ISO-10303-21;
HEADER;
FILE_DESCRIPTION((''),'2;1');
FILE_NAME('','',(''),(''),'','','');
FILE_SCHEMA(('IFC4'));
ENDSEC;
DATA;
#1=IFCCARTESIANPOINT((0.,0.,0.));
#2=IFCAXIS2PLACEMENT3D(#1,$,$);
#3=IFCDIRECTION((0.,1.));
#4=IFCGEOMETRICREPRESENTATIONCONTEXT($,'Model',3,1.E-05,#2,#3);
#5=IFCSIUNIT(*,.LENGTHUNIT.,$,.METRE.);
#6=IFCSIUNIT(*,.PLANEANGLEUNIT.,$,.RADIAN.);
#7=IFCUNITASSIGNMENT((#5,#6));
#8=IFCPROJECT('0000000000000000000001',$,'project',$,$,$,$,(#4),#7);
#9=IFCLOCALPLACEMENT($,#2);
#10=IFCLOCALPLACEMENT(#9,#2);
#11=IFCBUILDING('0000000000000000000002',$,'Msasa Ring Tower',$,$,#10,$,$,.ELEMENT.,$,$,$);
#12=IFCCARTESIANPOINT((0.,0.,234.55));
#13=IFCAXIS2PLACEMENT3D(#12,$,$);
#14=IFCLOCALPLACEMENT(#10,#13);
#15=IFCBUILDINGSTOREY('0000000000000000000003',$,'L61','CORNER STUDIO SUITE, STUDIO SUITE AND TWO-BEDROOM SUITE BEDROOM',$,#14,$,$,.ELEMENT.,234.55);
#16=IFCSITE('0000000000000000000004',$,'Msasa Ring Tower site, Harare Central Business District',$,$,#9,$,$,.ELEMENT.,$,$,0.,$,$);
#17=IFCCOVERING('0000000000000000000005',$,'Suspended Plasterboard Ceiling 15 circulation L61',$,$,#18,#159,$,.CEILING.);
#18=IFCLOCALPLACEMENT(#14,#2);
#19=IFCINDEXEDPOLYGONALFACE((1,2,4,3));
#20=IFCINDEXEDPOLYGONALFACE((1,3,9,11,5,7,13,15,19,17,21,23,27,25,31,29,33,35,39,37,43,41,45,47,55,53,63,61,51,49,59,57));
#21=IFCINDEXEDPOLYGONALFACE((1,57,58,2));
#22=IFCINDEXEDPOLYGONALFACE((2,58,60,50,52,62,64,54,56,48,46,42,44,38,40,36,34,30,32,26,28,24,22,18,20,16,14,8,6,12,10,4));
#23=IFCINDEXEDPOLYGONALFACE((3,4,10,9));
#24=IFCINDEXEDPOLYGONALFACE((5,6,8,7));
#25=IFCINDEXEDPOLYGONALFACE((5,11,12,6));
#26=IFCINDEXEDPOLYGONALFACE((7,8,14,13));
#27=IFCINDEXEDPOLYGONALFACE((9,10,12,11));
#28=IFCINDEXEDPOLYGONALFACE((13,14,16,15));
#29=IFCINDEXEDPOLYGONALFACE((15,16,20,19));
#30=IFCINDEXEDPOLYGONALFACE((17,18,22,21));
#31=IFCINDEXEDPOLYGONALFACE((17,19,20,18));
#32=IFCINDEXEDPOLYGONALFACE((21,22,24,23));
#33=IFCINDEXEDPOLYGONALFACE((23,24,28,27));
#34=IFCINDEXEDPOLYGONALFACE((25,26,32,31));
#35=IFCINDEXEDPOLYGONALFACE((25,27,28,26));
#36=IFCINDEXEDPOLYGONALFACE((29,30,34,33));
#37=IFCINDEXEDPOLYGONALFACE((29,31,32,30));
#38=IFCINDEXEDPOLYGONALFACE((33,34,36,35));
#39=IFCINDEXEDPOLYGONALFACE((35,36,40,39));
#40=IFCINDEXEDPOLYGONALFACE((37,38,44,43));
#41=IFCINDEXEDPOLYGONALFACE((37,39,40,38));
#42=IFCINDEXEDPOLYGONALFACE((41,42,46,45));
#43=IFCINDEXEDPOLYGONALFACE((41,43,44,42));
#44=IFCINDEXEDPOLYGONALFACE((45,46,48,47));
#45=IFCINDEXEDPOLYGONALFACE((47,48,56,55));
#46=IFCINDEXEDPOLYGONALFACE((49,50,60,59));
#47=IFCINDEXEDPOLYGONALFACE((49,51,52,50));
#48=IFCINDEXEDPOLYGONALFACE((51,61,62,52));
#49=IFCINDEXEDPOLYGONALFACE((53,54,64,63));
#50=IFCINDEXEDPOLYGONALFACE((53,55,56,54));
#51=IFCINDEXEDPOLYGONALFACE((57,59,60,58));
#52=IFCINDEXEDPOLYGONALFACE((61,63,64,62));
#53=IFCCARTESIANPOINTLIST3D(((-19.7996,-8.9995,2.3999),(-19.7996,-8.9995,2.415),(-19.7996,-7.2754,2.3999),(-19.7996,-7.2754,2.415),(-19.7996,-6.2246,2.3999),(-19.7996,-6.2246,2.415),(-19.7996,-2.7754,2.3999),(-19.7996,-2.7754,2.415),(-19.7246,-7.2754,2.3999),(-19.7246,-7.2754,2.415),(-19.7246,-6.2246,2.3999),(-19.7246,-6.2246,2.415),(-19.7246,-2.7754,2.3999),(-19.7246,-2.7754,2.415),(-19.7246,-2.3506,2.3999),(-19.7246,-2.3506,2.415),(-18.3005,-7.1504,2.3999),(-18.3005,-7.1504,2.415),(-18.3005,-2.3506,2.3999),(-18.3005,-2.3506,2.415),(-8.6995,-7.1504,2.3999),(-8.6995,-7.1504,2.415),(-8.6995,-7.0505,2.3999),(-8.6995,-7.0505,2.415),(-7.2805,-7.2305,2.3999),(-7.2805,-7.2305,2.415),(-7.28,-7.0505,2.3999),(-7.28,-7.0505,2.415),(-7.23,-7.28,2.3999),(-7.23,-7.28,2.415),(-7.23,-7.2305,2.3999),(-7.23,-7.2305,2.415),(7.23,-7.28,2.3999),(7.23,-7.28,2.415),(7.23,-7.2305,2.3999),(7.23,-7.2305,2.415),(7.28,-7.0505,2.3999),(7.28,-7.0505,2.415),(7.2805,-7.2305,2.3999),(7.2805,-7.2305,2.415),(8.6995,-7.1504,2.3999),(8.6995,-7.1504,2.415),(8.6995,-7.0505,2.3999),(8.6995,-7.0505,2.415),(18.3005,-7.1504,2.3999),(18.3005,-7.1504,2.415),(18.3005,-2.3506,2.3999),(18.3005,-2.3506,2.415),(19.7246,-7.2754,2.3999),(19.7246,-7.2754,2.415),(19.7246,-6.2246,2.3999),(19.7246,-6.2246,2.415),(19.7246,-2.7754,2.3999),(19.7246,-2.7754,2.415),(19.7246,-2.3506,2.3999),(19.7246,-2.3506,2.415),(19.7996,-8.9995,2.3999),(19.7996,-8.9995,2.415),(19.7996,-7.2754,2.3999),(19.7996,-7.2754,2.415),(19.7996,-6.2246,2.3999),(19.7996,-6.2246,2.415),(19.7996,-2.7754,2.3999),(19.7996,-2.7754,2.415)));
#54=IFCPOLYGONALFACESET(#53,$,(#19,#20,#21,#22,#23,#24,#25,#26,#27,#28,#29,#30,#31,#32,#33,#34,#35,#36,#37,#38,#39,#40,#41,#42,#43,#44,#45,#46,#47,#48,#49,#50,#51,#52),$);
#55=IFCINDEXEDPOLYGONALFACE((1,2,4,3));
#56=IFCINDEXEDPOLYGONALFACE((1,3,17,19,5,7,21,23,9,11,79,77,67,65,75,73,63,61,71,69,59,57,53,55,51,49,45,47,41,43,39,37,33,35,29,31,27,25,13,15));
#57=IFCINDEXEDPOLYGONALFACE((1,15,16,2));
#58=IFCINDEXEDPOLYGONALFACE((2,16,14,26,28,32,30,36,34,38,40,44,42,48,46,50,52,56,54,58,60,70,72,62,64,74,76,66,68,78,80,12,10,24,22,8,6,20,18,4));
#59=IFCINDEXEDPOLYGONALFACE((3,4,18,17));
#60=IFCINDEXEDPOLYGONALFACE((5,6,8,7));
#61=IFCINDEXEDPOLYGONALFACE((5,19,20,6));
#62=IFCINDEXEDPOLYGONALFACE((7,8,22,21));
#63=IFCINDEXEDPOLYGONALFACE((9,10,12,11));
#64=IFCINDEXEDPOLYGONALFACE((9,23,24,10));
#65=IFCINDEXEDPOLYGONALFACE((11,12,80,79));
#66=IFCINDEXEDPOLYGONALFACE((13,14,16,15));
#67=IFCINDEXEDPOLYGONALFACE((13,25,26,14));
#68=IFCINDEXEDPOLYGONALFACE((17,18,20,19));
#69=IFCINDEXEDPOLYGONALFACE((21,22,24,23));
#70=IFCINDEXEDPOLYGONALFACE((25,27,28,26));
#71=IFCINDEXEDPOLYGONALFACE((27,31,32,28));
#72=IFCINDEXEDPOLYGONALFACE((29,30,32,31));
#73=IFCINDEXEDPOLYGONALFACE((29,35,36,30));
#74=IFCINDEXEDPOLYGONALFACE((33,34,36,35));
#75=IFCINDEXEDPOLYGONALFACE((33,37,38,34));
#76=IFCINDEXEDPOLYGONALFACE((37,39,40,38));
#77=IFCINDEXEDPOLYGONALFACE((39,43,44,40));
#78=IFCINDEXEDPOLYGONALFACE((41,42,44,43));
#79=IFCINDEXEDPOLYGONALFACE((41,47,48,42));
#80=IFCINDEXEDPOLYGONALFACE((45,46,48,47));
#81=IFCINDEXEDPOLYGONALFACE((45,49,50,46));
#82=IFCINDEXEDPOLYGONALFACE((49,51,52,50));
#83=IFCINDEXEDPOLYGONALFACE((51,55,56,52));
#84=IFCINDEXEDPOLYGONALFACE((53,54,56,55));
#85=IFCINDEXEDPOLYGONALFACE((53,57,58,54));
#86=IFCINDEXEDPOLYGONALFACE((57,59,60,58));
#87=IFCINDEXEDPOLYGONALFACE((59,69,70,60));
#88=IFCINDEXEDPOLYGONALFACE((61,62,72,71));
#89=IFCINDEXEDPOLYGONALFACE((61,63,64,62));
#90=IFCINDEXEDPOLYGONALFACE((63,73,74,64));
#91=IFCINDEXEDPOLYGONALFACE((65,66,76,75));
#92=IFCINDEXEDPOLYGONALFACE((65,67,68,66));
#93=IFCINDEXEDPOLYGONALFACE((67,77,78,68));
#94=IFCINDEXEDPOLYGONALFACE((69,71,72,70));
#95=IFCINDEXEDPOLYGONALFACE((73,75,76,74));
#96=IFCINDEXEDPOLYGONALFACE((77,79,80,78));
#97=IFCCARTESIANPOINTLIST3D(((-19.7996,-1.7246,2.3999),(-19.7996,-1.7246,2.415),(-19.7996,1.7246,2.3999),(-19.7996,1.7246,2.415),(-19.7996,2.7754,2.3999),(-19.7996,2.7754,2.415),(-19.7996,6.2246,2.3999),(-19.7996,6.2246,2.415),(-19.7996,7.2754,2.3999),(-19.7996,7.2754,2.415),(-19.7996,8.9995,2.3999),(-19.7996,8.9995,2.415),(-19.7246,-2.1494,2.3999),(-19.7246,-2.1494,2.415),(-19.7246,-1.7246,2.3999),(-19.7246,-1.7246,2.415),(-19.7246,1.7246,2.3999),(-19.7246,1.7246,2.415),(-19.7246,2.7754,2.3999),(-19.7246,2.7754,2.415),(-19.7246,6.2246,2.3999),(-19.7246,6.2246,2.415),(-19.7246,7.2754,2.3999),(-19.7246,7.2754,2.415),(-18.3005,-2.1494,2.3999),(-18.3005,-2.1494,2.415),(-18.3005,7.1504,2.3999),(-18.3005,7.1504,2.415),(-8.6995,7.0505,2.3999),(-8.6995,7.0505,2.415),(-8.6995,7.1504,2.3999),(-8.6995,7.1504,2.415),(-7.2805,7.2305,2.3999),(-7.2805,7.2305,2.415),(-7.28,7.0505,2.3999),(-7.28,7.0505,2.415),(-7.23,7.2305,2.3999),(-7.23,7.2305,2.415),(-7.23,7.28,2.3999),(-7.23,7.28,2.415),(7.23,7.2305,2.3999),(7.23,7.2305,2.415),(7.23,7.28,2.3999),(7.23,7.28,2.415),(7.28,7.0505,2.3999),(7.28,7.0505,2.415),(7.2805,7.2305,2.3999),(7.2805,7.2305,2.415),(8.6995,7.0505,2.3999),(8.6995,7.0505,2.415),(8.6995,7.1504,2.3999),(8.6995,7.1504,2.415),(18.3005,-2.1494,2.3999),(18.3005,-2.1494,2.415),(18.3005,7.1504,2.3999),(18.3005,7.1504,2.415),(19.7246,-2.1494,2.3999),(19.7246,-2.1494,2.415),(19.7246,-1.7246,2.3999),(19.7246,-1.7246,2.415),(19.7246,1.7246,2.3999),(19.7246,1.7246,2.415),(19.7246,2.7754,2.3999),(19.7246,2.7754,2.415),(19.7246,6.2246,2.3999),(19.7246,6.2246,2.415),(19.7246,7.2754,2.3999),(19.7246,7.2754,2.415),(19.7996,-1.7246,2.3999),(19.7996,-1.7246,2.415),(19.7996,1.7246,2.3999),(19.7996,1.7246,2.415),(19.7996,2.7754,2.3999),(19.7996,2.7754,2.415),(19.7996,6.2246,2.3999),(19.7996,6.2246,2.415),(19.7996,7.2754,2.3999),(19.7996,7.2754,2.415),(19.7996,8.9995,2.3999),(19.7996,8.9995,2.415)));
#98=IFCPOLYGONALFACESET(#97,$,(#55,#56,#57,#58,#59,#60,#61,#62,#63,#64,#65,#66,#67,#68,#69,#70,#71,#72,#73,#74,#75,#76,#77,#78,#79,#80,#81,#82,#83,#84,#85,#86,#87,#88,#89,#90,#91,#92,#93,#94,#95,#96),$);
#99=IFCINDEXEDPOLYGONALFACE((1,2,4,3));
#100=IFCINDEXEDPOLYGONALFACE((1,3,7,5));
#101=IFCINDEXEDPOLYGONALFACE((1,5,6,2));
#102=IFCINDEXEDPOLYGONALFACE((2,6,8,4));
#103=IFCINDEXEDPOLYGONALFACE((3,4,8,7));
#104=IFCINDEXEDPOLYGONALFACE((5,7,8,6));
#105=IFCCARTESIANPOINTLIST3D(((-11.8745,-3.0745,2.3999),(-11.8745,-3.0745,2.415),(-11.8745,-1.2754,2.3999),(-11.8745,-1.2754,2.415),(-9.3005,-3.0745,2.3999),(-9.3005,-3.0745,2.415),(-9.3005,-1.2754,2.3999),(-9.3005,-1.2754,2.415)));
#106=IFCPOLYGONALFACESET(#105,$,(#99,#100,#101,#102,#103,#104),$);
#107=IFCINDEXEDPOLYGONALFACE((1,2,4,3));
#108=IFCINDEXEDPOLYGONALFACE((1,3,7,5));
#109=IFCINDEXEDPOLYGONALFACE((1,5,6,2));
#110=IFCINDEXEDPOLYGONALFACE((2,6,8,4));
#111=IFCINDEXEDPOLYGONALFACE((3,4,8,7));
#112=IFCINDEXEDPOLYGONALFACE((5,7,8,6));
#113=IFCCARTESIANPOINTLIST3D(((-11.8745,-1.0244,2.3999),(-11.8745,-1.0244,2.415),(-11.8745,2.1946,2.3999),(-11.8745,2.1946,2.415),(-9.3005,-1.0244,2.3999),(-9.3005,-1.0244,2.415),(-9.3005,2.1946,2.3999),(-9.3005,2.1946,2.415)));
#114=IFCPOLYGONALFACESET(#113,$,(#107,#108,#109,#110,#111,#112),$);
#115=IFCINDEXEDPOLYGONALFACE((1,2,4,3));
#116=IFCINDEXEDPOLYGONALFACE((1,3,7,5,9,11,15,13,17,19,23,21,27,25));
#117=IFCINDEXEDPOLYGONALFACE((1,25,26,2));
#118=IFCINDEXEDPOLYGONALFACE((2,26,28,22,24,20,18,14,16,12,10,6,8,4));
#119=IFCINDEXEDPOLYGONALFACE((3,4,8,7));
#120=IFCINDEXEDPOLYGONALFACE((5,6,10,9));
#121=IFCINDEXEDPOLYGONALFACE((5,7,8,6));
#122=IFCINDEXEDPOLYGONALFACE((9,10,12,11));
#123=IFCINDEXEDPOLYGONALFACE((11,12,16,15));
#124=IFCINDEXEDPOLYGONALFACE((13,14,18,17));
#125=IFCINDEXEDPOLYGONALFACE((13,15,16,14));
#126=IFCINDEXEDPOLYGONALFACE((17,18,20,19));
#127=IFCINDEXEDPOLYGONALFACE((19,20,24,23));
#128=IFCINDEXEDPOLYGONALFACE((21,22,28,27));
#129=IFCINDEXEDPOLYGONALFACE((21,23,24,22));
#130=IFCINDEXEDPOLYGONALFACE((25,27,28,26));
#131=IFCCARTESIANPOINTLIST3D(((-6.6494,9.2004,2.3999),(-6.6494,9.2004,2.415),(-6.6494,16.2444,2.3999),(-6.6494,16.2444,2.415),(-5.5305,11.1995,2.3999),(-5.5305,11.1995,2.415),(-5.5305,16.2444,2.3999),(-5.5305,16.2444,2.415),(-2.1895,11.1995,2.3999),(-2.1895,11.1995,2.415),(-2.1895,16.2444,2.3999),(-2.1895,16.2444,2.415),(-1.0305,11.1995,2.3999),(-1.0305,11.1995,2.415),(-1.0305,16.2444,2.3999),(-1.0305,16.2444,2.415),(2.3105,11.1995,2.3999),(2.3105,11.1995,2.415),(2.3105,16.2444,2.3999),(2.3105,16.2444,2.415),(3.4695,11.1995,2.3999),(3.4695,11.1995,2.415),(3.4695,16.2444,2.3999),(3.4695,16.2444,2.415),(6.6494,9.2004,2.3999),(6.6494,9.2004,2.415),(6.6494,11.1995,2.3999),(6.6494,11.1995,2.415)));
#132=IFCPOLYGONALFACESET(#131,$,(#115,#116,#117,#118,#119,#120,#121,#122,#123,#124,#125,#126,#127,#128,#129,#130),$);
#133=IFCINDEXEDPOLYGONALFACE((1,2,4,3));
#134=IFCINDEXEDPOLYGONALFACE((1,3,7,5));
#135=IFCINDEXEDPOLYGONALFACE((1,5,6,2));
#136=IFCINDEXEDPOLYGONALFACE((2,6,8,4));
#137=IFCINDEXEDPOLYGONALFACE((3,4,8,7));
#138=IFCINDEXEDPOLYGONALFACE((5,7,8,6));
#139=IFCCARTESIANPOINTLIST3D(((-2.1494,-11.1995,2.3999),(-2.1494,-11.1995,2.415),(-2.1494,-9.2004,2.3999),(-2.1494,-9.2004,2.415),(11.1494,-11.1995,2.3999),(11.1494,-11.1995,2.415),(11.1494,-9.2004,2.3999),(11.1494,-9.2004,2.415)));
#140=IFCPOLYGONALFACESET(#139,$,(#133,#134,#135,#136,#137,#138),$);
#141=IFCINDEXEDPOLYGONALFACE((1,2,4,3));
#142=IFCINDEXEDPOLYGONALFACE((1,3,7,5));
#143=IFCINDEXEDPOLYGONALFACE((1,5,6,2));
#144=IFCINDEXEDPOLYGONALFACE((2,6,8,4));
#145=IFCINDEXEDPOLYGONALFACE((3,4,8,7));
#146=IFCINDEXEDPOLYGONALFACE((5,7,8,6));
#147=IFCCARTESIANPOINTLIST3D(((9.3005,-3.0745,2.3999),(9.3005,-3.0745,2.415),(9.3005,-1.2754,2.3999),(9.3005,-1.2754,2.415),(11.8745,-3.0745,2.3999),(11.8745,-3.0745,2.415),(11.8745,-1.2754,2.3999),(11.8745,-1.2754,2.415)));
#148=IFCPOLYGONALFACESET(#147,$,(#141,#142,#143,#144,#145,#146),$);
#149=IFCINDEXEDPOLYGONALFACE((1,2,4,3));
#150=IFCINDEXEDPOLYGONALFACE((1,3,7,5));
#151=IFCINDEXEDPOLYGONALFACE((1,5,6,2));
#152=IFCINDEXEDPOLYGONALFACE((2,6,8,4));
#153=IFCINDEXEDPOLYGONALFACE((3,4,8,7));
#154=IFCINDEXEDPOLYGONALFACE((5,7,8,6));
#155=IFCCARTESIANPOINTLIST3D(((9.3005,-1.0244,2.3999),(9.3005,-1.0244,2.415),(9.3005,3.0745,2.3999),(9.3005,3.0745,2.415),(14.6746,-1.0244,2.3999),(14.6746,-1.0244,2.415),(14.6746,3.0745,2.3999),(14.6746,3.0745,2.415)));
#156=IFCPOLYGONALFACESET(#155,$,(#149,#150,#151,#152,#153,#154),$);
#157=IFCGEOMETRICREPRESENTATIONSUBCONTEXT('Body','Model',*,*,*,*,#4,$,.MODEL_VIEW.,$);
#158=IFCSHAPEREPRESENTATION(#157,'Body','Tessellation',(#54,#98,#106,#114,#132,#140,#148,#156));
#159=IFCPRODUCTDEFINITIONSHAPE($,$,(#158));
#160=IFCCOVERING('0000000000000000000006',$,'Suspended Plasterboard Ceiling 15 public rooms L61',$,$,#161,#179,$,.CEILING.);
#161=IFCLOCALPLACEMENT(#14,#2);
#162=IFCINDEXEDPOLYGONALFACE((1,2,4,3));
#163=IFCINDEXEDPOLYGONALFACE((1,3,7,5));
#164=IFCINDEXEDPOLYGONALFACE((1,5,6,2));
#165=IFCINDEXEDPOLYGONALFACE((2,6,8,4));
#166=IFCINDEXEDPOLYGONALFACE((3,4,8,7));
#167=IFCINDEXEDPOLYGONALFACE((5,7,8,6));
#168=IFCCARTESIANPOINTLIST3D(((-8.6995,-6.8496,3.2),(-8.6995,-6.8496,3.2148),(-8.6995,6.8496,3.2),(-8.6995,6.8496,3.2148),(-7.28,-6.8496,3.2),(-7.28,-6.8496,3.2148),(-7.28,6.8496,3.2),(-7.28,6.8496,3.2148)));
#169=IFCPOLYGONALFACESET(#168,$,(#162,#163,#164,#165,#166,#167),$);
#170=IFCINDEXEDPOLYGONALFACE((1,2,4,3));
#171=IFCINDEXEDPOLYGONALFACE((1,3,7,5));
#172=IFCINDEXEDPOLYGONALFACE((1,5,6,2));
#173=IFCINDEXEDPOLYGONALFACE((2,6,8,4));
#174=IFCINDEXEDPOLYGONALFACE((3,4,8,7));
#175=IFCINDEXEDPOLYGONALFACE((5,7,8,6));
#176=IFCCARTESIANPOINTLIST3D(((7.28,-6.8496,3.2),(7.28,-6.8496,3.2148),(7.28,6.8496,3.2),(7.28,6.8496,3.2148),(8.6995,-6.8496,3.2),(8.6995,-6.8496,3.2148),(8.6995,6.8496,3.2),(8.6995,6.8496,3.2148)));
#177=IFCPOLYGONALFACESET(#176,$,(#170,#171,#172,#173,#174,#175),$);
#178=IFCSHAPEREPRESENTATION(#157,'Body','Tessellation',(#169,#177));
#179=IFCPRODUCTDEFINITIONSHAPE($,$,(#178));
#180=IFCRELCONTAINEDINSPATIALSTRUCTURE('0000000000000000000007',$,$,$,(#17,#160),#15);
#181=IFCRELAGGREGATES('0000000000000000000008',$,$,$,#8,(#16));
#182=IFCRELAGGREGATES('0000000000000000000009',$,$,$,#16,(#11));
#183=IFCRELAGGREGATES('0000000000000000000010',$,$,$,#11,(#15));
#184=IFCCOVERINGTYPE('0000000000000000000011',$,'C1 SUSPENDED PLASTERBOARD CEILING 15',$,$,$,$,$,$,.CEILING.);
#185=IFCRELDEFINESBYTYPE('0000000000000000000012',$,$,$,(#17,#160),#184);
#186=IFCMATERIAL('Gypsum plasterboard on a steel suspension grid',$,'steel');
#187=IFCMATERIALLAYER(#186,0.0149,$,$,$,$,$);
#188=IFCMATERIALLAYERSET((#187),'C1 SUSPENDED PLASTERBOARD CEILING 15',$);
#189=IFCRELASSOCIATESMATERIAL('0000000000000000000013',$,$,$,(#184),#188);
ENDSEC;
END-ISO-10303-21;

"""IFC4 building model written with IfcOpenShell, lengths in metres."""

from ifc_helpers import new_model, si_unit, direction, frame, origin, place, context, subcontext, project, spatial, line, indexed_curve, outline, extrude, material, layer, layer_set, type_object, element, save


model = new_model("IFC4")

# Units and contexts
model_context = context("Model", 3, precision=1e-05, world=origin(), true_north=direction((0.0, 1.0)))
body_context = subcontext(model_context, "Body", "Model", "MODEL_VIEW")
ifc_project = project(units=[si_unit("LENGTHUNIT", "METRE"), si_unit("PLANEANGLEUNIT", "RADIAN")], contexts=[model_context])

# Site, building, storey
site_placement = place(None, origin())
site = spatial("IfcSite", under=ifc_project, at=site_placement, Name="Msasa Ring Tower site, Harare Central Business District", CompositionType="ELEMENT", RefElevation=0.0)
building_placement = place(site_placement, origin())
building = spatial("IfcBuilding", under=site, at=building_placement, Name="Msasa Ring Tower", CompositionType="ELEMENT")
storey_placement = place(building_placement, frame((0.0, 0.0, 234.55)))
storey = spatial("IfcBuildingStorey", under=building, at=storey_placement, Name="L61", Description="CORNER STUDIO SUITE, STUDIO SUITE AND TWO-BEDROOM SUITE BEDROOM", CompositionType="ELEMENT", Elevation=234.55)

# Coverings
ifc_material_1 = material(Name="Gypsum plasterboard on a steel suspension grid", Category="steel")
ifc_layer_1 = layer(ifc_material_1, 0.0149)
ifc_layer_set_1 = layer_set([ifc_layer_1], Name="C1 SUSPENDED PLASTERBOARD CEILING 15")
covering_type_1 = type_object("IfcCoveringType", Name="C1 SUSPENDED PLASTERBOARD CEILING 15", PredefinedType="CEILING", material=ifc_layer_set_1)
covering_1_placement = place(storey_placement, frame((0.0, 0.0, 2.3999)))
element("IfcCovering", 1, at=covering_1_placement, inside=storey, type_object=covering_type_1, Name="Suspended Plasterboard Ceiling 15 circulation L61", PredefinedType="CEILING", context=body_context, shape_type="SweptSolid", body=[
    extrude(outline(indexed_curve([(8.6995, -7.1504), (18.3005, -7.1504), (18.3005, -2.3506), (19.7246, -2.3506), (19.7246, -2.7754), (19.7996, -2.7754), (19.7996, -6.2246), (19.7246, -6.2246), (19.7246, -7.2754), (19.7996, -7.2754), (19.7996, -8.9995), (-19.7996, -8.9995), (-19.7996, -7.2754), (-19.7246, -7.2754), (-19.7246, -6.2246), (-19.7996, -6.2246), (-19.7996, -2.7754), (-19.7246, -2.7754), (-19.7246, -2.3506), (-18.3005, -2.3506), (-18.3005, -7.1504), (-8.6995, -7.1504), (-8.6995, -7.0505), (-7.28, -7.0505), (-7.2805, -7.2305), (-7.23, -7.2305), (-7.23, -7.28), (7.23, -7.28), (7.23, -7.2305), (7.2805, -7.2305), (7.28, -7.0505), (8.6995, -7.0505)], segments=[line(1, 2, 3, 4, 5, 6, 7, 8, 9, 10, 11, 12, 13, 14, 15, 16, 17, 18, 19, 20, 21, 22, 23, 24, 25, 26, 27, 28, 29, 30, 31, 32, 1)], self_intersect=False)), origin(), (0.0, 0.0, 1.0), 0.0151),
    extrude(outline(indexed_curve([(19.7996, 7.2754), (19.7246, 7.2754), (19.7246, 6.2246), (19.7996, 6.2246), (19.7996, 2.7754), (19.7246, 2.7754), (19.7246, 1.7246), (19.7996, 1.7246), (19.7996, -1.7246), (19.7246, -1.7246), (19.7246, -2.1494), (18.3005, -2.1494), (18.3005, 7.1504), (8.6995, 7.1504), (8.6995, 7.0505), (7.28, 7.0505), (7.2805, 7.2305), (7.23, 7.2305), (7.23, 7.28), (-7.23, 7.28), (-7.23, 7.2305), (-7.2805, 7.2305), (-7.28, 7.0505), (-8.6995, 7.0505), (-8.6995, 7.1504), (-18.3005, 7.1504), (-18.3005, -2.1494), (-19.7246, -2.1494), (-19.7246, -1.7246), (-19.7996, -1.7246), (-19.7996, 1.7246), (-19.7246, 1.7246), (-19.7246, 2.7754), (-19.7996, 2.7754), (-19.7996, 6.2246), (-19.7246, 6.2246), (-19.7246, 7.2754), (-19.7996, 7.2754), (-19.7996, 8.9995), (19.7996, 8.9995)], segments=[line(1, 2, 3, 4, 5, 6, 7, 8, 9, 10, 11, 12, 13, 14, 15, 16, 17, 18, 19, 20, 21, 22, 23, 24, 25, 26, 27, 28, 29, 30, 31, 32, 33, 34, 35, 36, 37, 38, 39, 40, 1)], self_intersect=False)), origin(), (0.0, 0.0, 1.0), 0.0151),
    extrude(outline(indexed_curve([(-11.8745, -3.0745), (-11.8745, -1.2754), (-9.3005, -1.2754), (-9.3005, -3.0745)], segments=[line(1, 2, 3, 4, 1)], self_intersect=False)), origin(), (0.0, 0.0, 1.0), 0.0151),
    extrude(outline(indexed_curve([(-11.8745, -1.0244), (-11.8745, 2.1946), (-9.3005, 2.1946), (-9.3005, -1.0244)], segments=[line(1, 2, 3, 4, 1)], self_intersect=False)), origin(), (0.0, 0.0, 1.0), 0.0151),
    extrude(outline(indexed_curve([(-5.5305, 11.1995), (-2.1895, 11.1995), (-2.1895, 16.2444), (-1.0305, 16.2444), (-1.0305, 11.1995), (2.3105, 11.1995), (2.3105, 16.2444), (3.4695, 16.2444), (3.4695, 11.1995), (6.6494, 11.1995), (6.6494, 9.2004), (-6.6494, 9.2004), (-6.6494, 16.2444), (-5.5305, 16.2444)], segments=[line(1, 2, 3, 4, 5, 6, 7, 8, 9, 10, 11, 12, 13, 14, 1)], self_intersect=False)), origin(), (0.0, 0.0, 1.0), 0.0151),
    extrude(outline(indexed_curve([(-2.1494, -11.1995), (-2.1494, -9.2004), (11.1494, -9.2004), (11.1494, -11.1995)], segments=[line(1, 2, 3, 4, 1)], self_intersect=False)), origin(), (0.0, 0.0, 1.0), 0.0151),
    extrude(outline(indexed_curve([(9.3005, -3.0745), (9.3005, -1.2754), (11.8745, -1.2754), (11.8745, -3.0745)], segments=[line(1, 2, 3, 4, 1)], self_intersect=False)), origin(), (0.0, 0.0, 1.0), 0.0151),
    extrude(outline(indexed_curve([(9.3005, -1.0244), (9.3005, 3.0745), (14.6746, 3.0745), (14.6746, -1.0244)], segments=[line(1, 2, 3, 4, 1)], self_intersect=False)), origin(), (0.0, 0.0, 1.0), 0.0151),
])
covering_2_placement = place(storey_placement, frame((0.0, 0.0, 3.2)))
element("IfcCovering", 2, at=covering_2_placement, inside=storey, type_object=covering_type_1, Name="Suspended Plasterboard Ceiling 15 public rooms L61", PredefinedType="CEILING", context=body_context, shape_type="SweptSolid", body=[
    extrude(outline(indexed_curve([(-7.28, 6.8496), (-7.28, -6.8496), (-8.6995, -6.8496), (-8.6995, 6.8496)], segments=[line(1, 2, 3, 4, 1)], self_intersect=False)), origin(), (0.0, 0.0, 1.0), 0.0149),
    extrude(outline(indexed_curve([(8.6995, 6.8496), (8.6995, -6.8496), (7.28, -6.8496), (7.28, 6.8496)], segments=[line(1, 2, 3, 4, 1)], self_intersect=False)), origin(), (0.0, 0.0, 1.0), 0.0149),
])

save(model, "model.ifc")
